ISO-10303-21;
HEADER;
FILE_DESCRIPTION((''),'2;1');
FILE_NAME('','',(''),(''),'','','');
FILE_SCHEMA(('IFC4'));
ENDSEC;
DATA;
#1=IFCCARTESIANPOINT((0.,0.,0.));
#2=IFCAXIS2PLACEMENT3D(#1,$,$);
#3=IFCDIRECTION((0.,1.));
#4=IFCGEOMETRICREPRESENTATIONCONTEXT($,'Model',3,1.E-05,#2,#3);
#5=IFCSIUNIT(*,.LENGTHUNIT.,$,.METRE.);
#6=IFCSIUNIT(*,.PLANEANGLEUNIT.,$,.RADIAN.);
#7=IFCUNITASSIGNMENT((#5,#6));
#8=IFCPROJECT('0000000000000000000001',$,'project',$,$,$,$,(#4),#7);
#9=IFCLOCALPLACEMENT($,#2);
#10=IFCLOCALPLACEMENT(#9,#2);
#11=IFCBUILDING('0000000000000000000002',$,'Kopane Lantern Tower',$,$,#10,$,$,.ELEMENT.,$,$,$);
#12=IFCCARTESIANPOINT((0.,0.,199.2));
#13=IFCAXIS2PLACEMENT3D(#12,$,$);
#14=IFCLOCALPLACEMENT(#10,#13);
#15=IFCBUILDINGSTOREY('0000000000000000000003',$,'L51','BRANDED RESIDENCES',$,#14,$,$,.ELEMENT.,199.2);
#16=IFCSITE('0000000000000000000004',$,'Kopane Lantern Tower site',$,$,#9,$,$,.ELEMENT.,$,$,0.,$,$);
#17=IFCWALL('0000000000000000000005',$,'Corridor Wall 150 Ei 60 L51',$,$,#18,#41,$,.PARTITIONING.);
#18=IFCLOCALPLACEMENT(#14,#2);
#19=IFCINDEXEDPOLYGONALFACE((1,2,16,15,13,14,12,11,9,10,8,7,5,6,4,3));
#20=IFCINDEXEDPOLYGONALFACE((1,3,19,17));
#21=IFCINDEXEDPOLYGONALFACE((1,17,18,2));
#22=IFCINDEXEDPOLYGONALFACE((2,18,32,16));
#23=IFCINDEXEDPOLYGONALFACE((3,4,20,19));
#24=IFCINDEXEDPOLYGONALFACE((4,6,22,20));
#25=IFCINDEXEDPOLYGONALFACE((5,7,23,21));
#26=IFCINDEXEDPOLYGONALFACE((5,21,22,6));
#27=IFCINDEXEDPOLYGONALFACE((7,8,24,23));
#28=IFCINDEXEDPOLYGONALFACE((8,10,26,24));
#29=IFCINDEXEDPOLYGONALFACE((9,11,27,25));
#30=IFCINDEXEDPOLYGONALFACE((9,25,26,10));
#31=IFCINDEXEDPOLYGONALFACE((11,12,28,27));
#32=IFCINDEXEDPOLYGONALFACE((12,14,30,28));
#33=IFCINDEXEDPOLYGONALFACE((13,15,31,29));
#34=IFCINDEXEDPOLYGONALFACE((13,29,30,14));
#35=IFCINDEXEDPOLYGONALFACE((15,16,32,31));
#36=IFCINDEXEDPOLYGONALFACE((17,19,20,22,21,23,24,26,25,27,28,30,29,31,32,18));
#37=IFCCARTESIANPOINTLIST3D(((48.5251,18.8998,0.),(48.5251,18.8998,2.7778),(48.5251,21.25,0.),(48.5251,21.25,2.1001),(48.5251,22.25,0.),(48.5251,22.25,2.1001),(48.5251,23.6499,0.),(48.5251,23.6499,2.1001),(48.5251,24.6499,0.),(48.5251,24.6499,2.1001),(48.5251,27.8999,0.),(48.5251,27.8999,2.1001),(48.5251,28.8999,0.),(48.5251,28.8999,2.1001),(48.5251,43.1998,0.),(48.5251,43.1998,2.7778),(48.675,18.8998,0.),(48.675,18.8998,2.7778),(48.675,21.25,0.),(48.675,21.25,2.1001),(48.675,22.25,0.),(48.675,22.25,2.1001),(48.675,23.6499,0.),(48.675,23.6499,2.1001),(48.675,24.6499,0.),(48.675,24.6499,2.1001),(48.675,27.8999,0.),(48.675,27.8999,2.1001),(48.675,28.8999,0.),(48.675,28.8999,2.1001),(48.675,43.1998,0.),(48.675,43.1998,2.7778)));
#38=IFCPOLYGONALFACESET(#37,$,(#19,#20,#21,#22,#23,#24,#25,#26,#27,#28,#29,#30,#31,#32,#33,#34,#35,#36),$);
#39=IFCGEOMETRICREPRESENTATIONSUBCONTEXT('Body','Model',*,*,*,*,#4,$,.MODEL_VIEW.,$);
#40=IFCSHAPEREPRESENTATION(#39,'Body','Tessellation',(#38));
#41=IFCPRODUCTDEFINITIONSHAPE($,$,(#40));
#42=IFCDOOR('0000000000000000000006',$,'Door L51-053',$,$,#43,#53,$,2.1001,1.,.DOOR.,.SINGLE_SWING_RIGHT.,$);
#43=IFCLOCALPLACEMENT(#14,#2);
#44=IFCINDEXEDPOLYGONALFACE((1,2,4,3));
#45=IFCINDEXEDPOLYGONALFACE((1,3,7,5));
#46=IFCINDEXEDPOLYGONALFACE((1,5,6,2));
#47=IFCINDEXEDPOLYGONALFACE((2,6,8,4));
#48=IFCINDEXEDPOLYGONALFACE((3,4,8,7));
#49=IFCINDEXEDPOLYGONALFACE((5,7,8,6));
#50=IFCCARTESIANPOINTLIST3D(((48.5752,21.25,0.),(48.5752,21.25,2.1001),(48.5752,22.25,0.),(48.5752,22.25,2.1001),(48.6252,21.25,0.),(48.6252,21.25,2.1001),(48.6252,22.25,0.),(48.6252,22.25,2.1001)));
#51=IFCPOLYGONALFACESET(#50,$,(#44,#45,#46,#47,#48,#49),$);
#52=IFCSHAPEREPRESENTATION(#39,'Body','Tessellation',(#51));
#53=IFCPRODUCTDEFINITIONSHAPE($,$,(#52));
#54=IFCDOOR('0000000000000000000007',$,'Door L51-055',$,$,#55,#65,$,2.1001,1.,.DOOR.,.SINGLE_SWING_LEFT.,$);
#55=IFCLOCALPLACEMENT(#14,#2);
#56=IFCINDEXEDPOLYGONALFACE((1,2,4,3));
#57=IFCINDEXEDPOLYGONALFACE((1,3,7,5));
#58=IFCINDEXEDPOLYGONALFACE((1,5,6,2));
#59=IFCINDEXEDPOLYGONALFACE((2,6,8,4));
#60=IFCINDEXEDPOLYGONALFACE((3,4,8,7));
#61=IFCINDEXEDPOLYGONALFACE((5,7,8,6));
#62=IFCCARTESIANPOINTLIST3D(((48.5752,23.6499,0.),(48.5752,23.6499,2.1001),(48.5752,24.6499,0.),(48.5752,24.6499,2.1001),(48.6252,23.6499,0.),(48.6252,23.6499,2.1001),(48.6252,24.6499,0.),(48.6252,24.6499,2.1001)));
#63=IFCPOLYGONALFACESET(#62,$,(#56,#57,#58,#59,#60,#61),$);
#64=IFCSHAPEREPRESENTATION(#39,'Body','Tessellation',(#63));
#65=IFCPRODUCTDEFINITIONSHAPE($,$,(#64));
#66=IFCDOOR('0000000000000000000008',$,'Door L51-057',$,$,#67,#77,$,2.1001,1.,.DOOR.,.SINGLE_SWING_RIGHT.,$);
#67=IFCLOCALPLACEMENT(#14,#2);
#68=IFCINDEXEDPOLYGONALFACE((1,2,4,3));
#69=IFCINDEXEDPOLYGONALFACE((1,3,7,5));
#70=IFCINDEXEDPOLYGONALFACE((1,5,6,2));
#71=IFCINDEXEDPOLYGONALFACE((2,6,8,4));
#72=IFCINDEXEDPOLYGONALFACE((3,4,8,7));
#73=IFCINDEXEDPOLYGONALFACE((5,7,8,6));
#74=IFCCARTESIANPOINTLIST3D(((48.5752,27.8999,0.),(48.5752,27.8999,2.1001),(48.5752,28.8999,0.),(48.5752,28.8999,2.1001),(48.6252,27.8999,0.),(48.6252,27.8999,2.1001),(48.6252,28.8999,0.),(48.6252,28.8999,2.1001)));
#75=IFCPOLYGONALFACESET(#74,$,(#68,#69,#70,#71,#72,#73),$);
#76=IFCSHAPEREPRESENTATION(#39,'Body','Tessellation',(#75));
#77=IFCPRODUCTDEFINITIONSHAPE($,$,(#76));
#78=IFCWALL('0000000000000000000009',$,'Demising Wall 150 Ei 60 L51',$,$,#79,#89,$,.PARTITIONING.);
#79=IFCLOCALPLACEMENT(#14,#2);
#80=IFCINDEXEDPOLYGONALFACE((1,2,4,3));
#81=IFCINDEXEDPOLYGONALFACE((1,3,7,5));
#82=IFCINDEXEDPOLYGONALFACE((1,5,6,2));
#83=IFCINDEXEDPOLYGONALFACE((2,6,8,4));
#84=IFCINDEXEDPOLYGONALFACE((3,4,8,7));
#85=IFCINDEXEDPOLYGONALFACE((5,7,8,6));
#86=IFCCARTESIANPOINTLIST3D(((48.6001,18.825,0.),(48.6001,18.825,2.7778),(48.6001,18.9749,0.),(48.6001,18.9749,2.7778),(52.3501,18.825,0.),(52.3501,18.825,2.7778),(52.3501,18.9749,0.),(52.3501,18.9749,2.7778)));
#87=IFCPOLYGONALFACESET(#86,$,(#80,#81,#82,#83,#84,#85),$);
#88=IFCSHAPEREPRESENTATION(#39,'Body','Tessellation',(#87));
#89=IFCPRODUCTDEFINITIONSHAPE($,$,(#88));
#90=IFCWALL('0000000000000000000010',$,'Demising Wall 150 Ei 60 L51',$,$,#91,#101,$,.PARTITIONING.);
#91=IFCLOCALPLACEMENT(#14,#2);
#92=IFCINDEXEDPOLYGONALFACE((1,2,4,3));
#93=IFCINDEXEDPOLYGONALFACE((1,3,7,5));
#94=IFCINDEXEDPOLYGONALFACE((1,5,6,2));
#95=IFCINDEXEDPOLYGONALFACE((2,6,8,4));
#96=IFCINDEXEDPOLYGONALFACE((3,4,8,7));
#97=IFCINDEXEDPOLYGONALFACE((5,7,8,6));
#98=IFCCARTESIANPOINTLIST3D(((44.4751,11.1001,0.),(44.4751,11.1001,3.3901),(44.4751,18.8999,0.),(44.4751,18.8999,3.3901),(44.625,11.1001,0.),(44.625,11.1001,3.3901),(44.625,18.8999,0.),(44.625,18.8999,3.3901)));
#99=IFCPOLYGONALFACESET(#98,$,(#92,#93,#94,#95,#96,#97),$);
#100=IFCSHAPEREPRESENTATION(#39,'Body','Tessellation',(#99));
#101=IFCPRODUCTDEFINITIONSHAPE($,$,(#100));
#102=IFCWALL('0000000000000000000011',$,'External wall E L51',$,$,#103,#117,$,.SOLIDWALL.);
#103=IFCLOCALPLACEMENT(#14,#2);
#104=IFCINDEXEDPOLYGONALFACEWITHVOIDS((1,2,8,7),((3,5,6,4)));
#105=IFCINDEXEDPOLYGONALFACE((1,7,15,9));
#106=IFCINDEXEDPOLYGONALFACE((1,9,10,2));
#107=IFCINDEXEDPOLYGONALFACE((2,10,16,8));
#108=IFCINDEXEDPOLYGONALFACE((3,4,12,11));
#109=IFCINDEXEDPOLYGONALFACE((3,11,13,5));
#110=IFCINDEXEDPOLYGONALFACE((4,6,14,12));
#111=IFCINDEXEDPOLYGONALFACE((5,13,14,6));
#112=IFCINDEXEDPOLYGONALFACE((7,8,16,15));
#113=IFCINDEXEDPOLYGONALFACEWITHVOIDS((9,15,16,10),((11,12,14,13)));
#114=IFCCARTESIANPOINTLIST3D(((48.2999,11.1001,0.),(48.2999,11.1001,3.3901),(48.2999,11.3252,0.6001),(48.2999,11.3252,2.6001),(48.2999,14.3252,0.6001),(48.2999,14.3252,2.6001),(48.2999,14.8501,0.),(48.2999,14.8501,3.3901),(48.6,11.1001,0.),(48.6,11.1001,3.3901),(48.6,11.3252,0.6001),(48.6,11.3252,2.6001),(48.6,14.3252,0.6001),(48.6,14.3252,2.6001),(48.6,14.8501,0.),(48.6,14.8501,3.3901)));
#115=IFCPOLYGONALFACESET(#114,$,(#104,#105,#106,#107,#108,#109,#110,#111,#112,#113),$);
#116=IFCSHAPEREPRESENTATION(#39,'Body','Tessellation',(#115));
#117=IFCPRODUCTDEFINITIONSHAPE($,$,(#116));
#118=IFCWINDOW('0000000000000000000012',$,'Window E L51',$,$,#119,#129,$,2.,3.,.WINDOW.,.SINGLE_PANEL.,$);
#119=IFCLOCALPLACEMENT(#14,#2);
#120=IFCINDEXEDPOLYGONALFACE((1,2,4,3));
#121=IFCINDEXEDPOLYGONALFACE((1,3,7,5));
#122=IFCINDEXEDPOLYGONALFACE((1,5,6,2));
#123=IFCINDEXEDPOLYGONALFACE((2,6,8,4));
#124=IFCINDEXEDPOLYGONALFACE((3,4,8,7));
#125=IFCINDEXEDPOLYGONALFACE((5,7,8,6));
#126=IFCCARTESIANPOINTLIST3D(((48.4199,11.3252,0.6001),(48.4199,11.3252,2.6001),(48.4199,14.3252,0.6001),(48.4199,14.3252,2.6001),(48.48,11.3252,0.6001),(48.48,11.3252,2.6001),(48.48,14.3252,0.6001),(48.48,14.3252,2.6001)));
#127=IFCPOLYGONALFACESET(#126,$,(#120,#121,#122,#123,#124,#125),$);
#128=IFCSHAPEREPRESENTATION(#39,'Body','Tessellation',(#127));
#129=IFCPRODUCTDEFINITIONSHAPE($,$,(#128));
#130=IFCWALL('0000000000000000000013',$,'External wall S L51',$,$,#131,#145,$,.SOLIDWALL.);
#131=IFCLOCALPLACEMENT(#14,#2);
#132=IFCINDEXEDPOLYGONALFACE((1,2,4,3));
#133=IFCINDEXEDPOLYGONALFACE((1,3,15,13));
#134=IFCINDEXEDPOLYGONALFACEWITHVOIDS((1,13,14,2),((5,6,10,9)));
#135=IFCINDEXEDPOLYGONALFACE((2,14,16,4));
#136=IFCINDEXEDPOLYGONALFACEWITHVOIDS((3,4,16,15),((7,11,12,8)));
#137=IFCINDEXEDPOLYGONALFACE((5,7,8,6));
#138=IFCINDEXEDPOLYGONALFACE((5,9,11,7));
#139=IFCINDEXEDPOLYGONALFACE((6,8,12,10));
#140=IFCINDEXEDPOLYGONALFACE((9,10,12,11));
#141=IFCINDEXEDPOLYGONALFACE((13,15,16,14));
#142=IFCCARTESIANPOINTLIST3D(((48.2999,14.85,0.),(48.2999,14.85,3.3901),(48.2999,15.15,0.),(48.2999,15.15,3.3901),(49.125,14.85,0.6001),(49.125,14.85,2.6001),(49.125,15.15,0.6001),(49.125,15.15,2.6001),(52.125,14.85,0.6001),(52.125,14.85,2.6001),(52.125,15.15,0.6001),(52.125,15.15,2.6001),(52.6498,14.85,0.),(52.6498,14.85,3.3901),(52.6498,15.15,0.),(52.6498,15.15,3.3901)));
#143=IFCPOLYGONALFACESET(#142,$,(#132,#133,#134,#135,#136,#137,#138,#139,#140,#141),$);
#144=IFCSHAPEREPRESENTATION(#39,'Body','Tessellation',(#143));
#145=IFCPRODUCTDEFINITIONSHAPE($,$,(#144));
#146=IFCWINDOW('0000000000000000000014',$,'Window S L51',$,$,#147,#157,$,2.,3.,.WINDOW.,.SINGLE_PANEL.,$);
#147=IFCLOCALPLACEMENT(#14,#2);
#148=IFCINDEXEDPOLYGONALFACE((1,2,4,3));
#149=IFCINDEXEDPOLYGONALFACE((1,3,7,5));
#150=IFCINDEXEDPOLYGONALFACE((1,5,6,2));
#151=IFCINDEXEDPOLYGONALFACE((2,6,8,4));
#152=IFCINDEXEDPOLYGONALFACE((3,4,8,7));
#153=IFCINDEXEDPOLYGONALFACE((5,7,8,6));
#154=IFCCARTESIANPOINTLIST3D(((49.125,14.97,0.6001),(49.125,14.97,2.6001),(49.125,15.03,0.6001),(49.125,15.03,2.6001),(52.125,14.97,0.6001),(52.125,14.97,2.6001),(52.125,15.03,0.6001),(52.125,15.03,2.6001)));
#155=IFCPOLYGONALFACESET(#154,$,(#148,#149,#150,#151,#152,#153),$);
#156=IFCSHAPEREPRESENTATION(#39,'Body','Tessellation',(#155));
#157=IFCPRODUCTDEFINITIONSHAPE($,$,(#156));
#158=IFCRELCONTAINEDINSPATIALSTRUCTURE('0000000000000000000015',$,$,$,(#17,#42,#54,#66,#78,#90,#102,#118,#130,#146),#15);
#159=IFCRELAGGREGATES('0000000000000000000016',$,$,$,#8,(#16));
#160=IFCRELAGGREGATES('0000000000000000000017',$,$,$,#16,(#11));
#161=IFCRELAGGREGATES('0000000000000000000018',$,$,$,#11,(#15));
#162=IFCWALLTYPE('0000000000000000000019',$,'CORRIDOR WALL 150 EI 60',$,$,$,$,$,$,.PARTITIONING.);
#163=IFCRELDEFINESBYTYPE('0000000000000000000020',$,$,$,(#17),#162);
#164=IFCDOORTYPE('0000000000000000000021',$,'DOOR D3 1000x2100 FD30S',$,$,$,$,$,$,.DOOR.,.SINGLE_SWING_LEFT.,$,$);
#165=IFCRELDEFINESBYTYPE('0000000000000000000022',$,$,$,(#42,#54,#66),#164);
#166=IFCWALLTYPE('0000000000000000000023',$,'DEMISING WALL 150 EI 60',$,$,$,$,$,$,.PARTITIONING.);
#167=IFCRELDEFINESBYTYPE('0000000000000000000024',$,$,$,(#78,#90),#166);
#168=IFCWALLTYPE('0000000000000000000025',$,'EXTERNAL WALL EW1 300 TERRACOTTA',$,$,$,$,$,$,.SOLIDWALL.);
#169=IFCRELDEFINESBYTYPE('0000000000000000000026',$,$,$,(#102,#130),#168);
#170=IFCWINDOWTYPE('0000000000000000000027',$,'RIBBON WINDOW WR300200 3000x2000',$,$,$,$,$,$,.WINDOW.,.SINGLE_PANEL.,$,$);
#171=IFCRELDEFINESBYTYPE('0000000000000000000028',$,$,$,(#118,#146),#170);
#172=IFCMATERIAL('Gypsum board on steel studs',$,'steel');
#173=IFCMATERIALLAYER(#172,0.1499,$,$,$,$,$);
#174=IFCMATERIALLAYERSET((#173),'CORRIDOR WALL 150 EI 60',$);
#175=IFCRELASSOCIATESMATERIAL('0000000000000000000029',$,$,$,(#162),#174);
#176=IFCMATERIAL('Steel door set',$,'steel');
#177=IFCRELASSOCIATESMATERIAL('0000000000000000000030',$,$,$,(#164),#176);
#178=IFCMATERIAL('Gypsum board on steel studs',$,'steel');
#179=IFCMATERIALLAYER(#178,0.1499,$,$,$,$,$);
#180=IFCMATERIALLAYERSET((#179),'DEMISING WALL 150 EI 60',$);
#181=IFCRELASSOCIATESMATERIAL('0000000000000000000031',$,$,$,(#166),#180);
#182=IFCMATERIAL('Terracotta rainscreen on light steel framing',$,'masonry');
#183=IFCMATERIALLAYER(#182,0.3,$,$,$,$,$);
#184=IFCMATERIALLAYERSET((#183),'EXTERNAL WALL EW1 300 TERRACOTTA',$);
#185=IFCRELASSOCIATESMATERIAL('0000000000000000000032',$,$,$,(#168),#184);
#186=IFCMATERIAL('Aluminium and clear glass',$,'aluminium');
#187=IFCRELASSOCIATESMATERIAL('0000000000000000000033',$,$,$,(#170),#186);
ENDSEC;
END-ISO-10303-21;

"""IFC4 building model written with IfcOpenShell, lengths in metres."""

from ifc_helpers import new_model, si_unit, direction, frame, frame_2d, origin, place, context, subcontext, project, spatial, rectangle, extrude, material, layer, layer_set, type_object, element, fill, save


model = new_model("IFC4")

# Units and contexts
model_context = context("Model", 3, precision=1e-05, world=origin(), true_north=direction((0.0, 1.0)))
body_context = subcontext(model_context, "Body", "Model", "MODEL_VIEW")
ifc_project = project(units=[si_unit("LENGTHUNIT", "METRE"), si_unit("PLANEANGLEUNIT", "RADIAN")], contexts=[model_context])

# Site, building, storey
site_placement = place(None, origin())
site = spatial("IfcSite", under=ifc_project, at=site_placement, Name="Kopane Lantern Tower site", CompositionType="ELEMENT", RefElevation=0.0)
building_placement = place(site_placement, origin())
building = spatial("IfcBuilding", under=site, at=building_placement, Name="Kopane Lantern Tower", CompositionType="ELEMENT")
storey_placement = place(building_placement, frame((0.0, 0.0, 199.2)))
storey = spatial("IfcBuildingStorey", under=building, at=storey_placement, Name="L51", Description="BRANDED RESIDENCES", CompositionType="ELEMENT", Elevation=199.2)

# Wall, openings, doors
ifc_material_1 = material(Name="Gypsum board on steel studs", Category="steel")
ifc_layer_1 = layer(ifc_material_1, 0.1499)
ifc_layer_set_1 = layer_set([ifc_layer_1], Name="CORRIDOR WALL 150 EI 60")
wall_type_1 = type_object("IfcWallType", Name="CORRIDOR WALL 150 EI 60", PredefinedType="PARTITIONING", material=ifc_layer_set_1)
wall_1_placement = place(storey_placement, frame((48.6001, 18.8999, 0.0), z_axis=(0.0, 0.0, 1.0), x_axis=(0.0, 1.0, 0.0)))
wall_1 = element("IfcWall", 1, at=wall_1_placement, inside=storey, type_object=wall_type_1, Name="Corridor Wall 150 Ei 60 L51", PredefinedType="PARTITIONING", context=body_context, shape_type="SweptSolid", body=[
    extrude(rectangle(XDim=24.3, YDim=0.1499, at=frame_2d((12.1499, 0.0))), origin(), (0.0, 0.0, 1.0), 2.7778),
])
opening_1_placement = place(wall_1_placement, frame((2.3501, 0.0, 0.0)))
opening_1 = element("IfcOpeningElement", 2, at=opening_1_placement, cuts=wall_1, PredefinedType="OPENING", context=body_context, shape_type="SweptSolid", body=[
    extrude(rectangle(XDim=1.0, YDim=2.1001, at=frame_2d((0.5, 1.05))), frame((0.0, 0.085, 0.0), z_axis=(0.0, -1.0, 0.0), x_axis=(1.0, 0.0, 0.0)), (0.0, 0.0, 1.0), 0.1699),
])
opening_2_placement = place(wall_1_placement, frame((4.75, 0.0, 0.0)))
opening_2 = element("IfcOpeningElement", 3, at=opening_2_placement, cuts=wall_1, PredefinedType="OPENING", context=body_context, shape_type="SweptSolid", body=[
    extrude(rectangle(XDim=1.0, YDim=2.1001, at=frame_2d((0.5, 1.05))), frame((0.0, 0.085, 0.0), z_axis=(0.0, -1.0, 0.0), x_axis=(1.0, 0.0, 0.0)), (0.0, 0.0, 1.0), 0.1699),
])
opening_3_placement = place(wall_1_placement, frame((9.0, 0.0, 0.0)))
opening_3 = element("IfcOpeningElement", 4, at=opening_3_placement, cuts=wall_1, PredefinedType="OPENING", context=body_context, shape_type="SweptSolid", body=[
    extrude(rectangle(XDim=1.0, YDim=2.1001, at=frame_2d((0.5, 1.05))), frame((0.0, 0.085, 0.0), z_axis=(0.0, -1.0, 0.0), x_axis=(1.0, 0.0, 0.0)), (0.0, 0.0, 1.0), 0.1699),
])
ifc_material_2 = material(Name="Steel door set", Category="steel")
door_type_1 = type_object("IfcDoorType", Name="DOOR D3 1000x2100 FD30S", OperationType="SINGLE_SWING_LEFT", PredefinedType="DOOR", material=ifc_material_2)
door_1_placement = place(opening_1_placement, origin())
door_1 = element("IfcDoor", 5, at=door_1_placement, inside=storey, type_object=door_type_1, Name="Door L51-053", OperationType="SINGLE_SWING_RIGHT", OverallHeight=2.1001, OverallWidth=1.0, PredefinedType="DOOR", context=body_context, shape_type="SweptSolid", body=[
    extrude(rectangle(XDim=1.0, YDim=2.1001, at=frame_2d((0.5, 1.05))), frame((0.0, 0.0249, 0.0), z_axis=(0.0, -1.0, 0.0), x_axis=(1.0, 0.0, 0.0)), (0.0, 0.0, 1.0), 0.05),
])
fill(opening_1, door_1)
door_2_placement = place(opening_2_placement, origin())
door_2 = element("IfcDoor", 6, at=door_2_placement, inside=storey, type_object=door_type_1, Name="Door L51-055", OperationType="SINGLE_SWING_LEFT", OverallHeight=2.1001, OverallWidth=1.0, PredefinedType="DOOR", context=body_context, shape_type="SweptSolid", body=[
    extrude(rectangle(XDim=1.0, YDim=2.1001, at=frame_2d((0.5, 1.05))), frame((0.0, 0.0249, 0.0), z_axis=(0.0, -1.0, 0.0), x_axis=(1.0, 0.0, 0.0)), (0.0, 0.0, 1.0), 0.05),
])
fill(opening_2, door_2)
door_3_placement = place(opening_3_placement, origin())
door_3 = element("IfcDoor", 7, at=door_3_placement, inside=storey, type_object=door_type_1, Name="Door L51-057", OperationType="SINGLE_SWING_RIGHT", OverallHeight=2.1001, OverallWidth=1.0, PredefinedType="DOOR", context=body_context, shape_type="SweptSolid", body=[
    extrude(rectangle(XDim=1.0, YDim=2.1001, at=frame_2d((0.5, 1.05))), frame((0.0, 0.0249, 0.0), z_axis=(0.0, -1.0, 0.0), x_axis=(1.0, 0.0, 0.0)), (0.0, 0.0, 1.0), 0.05),
])
fill(opening_3, door_3)

# Walls
ifc_material_3 = material(Name="Gypsum board on steel studs", Category="steel")
ifc_layer_2 = layer(ifc_material_3, 0.1499)
ifc_layer_set_2 = layer_set([ifc_layer_2], Name="DEMISING WALL 150 EI 60")
wall_type_2 = type_object("IfcWallType", Name="DEMISING WALL 150 EI 60", PredefinedType="PARTITIONING", material=ifc_layer_set_2)
wall_2_placement = place(storey_placement, frame((48.6001, 18.8999, 0.0), z_axis=(0.0, 0.0, 1.0), x_axis=(1.0, 0.0, 0.0)))
element("IfcWall", 8, at=wall_2_placement, inside=storey, type_object=wall_type_2, Name="Demising Wall 150 Ei 60 L51", PredefinedType="PARTITIONING", context=body_context, shape_type="SweptSolid", body=[
    extrude(rectangle(XDim=3.75, YDim=0.1499, at=frame_2d((1.875, 0.0))), origin(), (0.0, 0.0, 1.0), 2.7778),
])
wall_3_placement = place(storey_placement, frame((44.55, 18.8999, 0.0), z_axis=(0.0, 0.0, 1.0), x_axis=(0.0, -1.0, 0.0)))
element("IfcWall", 9, at=wall_3_placement, inside=storey, type_object=wall_type_2, Name="Demising Wall 150 Ei 60 L51", PredefinedType="PARTITIONING", context=body_context, shape_type="SweptSolid", body=[
    extrude(rectangle(XDim=7.7998, YDim=0.1499, at=frame_2d((3.8999, 0.0))), origin(), (0.0, 0.0, 1.0), 3.3901),
])

# Walls, openings, windows
ifc_material_4 = material(Name="Terracotta rainscreen on light steel framing", Category="masonry")
ifc_layer_3 = layer(ifc_material_4, 0.3)
ifc_layer_set_3 = layer_set([ifc_layer_3], Name="EXTERNAL WALL EW1 300 TERRACOTTA")
wall_type_3 = type_object("IfcWallType", Name="EXTERNAL WALL EW1 300 TERRACOTTA", PredefinedType="SOLIDWALL", material=ifc_layer_set_3)
wall_4_placement = place(storey_placement, frame((48.45, 11.1001, 0.0), z_axis=(0.0, 0.0, 1.0), x_axis=(0.0, 1.0, 0.0)))
wall_4 = element("IfcWall", 10, at=wall_4_placement, inside=storey, type_object=wall_type_3, Name="External wall E L51", PredefinedType="SOLIDWALL", context=body_context, shape_type="SweptSolid", body=[
    extrude(rectangle(XDim=3.75, YDim=0.3, at=frame_2d((1.875, 0.0))), origin(), (0.0, 0.0, 1.0), 3.3901),
])
opening_4_placement = place(wall_4_placement, frame((0.2251, 0.0, 0.6001)))
opening_4 = element("IfcOpeningElement", 11, at=opening_4_placement, cuts=wall_4, PredefinedType="OPENING", context=body_context, shape_type="SweptSolid", body=[
    extrude(rectangle(XDim=3.0, YDim=2.0, at=frame_2d((1.5, 1.0))), frame((0.0, 0.1599, 0.0), z_axis=(0.0, -1.0, 0.0), x_axis=(1.0, 0.0, 0.0)), (0.0, 0.0, 1.0), 0.3201),
])
ifc_material_5 = material(Name="Aluminium and clear glass", Category="aluminium")
window_type = type_object("IfcWindowType", Name="RIBBON WINDOW WR300200 3000x2000", PartitioningType="SINGLE_PANEL", PredefinedType="WINDOW", material=ifc_material_5)
window_1_placement = place(opening_4_placement, origin())
window_1 = element("IfcWindow", 12, at=window_1_placement, inside=storey, type_object=window_type, Name="Window E L51", OverallHeight=2.0, OverallWidth=3.0, PartitioningType="SINGLE_PANEL", PredefinedType="WINDOW", context=body_context, shape_type="SweptSolid", body=[
    extrude(rectangle(XDim=3.0, YDim=2.0, at=frame_2d((1.5, 1.0))), frame((0.0, 0.03, 0.0), z_axis=(0.0, -1.0, 0.0), x_axis=(1.0, 0.0, 0.0)), (0.0, 0.0, 1.0), 0.0601),
])
fill(opening_4, window_1)
wall_5_placement = place(storey_placement, frame((48.3, 15.0, 0.0), z_axis=(0.0, 0.0, 1.0), x_axis=(1.0, 0.0, 0.0)))
wall_5 = element("IfcWall", 13, at=wall_5_placement, inside=storey, type_object=wall_type_3, Name="External wall S L51", PredefinedType="SOLIDWALL", context=body_context, shape_type="SweptSolid", body=[
    extrude(rectangle(XDim=4.3499, YDim=0.3, at=frame_2d((2.1748, 0.0))), origin(), (0.0, 0.0, 1.0), 3.3901),
])
opening_5_placement = place(wall_5_placement, frame((0.825, 0.0, 0.6001)))
opening_5 = element("IfcOpeningElement", 14, at=opening_5_placement, cuts=wall_5, PredefinedType="OPENING", context=body_context, shape_type="SweptSolid", body=[
    extrude(rectangle(XDim=3.0, YDim=2.0, at=frame_2d((1.5, 1.0))), frame((0.0, 0.1599, 0.0), z_axis=(0.0, -1.0, 0.0), x_axis=(1.0, 0.0, 0.0)), (0.0, 0.0, 1.0), 0.3201),
])
window_2_placement = place(opening_5_placement, origin())
window_2 = element("IfcWindow", 15, at=window_2_placement, inside=storey, type_object=window_type, Name="Window S L51", OverallHeight=2.0, OverallWidth=3.0, PartitioningType="SINGLE_PANEL", PredefinedType="WINDOW", context=body_context, shape_type="SweptSolid", body=[
    extrude(rectangle(XDim=3.0, YDim=2.0, at=frame_2d((1.5, 1.0))), frame((0.0, 0.03, 0.0), z_axis=(0.0, -1.0, 0.0), x_axis=(1.0, 0.0, 0.0)), (0.0, 0.0, 1.0), 0.0601),
])
fill(opening_5, window_2)

save(model, "model.ifc")
